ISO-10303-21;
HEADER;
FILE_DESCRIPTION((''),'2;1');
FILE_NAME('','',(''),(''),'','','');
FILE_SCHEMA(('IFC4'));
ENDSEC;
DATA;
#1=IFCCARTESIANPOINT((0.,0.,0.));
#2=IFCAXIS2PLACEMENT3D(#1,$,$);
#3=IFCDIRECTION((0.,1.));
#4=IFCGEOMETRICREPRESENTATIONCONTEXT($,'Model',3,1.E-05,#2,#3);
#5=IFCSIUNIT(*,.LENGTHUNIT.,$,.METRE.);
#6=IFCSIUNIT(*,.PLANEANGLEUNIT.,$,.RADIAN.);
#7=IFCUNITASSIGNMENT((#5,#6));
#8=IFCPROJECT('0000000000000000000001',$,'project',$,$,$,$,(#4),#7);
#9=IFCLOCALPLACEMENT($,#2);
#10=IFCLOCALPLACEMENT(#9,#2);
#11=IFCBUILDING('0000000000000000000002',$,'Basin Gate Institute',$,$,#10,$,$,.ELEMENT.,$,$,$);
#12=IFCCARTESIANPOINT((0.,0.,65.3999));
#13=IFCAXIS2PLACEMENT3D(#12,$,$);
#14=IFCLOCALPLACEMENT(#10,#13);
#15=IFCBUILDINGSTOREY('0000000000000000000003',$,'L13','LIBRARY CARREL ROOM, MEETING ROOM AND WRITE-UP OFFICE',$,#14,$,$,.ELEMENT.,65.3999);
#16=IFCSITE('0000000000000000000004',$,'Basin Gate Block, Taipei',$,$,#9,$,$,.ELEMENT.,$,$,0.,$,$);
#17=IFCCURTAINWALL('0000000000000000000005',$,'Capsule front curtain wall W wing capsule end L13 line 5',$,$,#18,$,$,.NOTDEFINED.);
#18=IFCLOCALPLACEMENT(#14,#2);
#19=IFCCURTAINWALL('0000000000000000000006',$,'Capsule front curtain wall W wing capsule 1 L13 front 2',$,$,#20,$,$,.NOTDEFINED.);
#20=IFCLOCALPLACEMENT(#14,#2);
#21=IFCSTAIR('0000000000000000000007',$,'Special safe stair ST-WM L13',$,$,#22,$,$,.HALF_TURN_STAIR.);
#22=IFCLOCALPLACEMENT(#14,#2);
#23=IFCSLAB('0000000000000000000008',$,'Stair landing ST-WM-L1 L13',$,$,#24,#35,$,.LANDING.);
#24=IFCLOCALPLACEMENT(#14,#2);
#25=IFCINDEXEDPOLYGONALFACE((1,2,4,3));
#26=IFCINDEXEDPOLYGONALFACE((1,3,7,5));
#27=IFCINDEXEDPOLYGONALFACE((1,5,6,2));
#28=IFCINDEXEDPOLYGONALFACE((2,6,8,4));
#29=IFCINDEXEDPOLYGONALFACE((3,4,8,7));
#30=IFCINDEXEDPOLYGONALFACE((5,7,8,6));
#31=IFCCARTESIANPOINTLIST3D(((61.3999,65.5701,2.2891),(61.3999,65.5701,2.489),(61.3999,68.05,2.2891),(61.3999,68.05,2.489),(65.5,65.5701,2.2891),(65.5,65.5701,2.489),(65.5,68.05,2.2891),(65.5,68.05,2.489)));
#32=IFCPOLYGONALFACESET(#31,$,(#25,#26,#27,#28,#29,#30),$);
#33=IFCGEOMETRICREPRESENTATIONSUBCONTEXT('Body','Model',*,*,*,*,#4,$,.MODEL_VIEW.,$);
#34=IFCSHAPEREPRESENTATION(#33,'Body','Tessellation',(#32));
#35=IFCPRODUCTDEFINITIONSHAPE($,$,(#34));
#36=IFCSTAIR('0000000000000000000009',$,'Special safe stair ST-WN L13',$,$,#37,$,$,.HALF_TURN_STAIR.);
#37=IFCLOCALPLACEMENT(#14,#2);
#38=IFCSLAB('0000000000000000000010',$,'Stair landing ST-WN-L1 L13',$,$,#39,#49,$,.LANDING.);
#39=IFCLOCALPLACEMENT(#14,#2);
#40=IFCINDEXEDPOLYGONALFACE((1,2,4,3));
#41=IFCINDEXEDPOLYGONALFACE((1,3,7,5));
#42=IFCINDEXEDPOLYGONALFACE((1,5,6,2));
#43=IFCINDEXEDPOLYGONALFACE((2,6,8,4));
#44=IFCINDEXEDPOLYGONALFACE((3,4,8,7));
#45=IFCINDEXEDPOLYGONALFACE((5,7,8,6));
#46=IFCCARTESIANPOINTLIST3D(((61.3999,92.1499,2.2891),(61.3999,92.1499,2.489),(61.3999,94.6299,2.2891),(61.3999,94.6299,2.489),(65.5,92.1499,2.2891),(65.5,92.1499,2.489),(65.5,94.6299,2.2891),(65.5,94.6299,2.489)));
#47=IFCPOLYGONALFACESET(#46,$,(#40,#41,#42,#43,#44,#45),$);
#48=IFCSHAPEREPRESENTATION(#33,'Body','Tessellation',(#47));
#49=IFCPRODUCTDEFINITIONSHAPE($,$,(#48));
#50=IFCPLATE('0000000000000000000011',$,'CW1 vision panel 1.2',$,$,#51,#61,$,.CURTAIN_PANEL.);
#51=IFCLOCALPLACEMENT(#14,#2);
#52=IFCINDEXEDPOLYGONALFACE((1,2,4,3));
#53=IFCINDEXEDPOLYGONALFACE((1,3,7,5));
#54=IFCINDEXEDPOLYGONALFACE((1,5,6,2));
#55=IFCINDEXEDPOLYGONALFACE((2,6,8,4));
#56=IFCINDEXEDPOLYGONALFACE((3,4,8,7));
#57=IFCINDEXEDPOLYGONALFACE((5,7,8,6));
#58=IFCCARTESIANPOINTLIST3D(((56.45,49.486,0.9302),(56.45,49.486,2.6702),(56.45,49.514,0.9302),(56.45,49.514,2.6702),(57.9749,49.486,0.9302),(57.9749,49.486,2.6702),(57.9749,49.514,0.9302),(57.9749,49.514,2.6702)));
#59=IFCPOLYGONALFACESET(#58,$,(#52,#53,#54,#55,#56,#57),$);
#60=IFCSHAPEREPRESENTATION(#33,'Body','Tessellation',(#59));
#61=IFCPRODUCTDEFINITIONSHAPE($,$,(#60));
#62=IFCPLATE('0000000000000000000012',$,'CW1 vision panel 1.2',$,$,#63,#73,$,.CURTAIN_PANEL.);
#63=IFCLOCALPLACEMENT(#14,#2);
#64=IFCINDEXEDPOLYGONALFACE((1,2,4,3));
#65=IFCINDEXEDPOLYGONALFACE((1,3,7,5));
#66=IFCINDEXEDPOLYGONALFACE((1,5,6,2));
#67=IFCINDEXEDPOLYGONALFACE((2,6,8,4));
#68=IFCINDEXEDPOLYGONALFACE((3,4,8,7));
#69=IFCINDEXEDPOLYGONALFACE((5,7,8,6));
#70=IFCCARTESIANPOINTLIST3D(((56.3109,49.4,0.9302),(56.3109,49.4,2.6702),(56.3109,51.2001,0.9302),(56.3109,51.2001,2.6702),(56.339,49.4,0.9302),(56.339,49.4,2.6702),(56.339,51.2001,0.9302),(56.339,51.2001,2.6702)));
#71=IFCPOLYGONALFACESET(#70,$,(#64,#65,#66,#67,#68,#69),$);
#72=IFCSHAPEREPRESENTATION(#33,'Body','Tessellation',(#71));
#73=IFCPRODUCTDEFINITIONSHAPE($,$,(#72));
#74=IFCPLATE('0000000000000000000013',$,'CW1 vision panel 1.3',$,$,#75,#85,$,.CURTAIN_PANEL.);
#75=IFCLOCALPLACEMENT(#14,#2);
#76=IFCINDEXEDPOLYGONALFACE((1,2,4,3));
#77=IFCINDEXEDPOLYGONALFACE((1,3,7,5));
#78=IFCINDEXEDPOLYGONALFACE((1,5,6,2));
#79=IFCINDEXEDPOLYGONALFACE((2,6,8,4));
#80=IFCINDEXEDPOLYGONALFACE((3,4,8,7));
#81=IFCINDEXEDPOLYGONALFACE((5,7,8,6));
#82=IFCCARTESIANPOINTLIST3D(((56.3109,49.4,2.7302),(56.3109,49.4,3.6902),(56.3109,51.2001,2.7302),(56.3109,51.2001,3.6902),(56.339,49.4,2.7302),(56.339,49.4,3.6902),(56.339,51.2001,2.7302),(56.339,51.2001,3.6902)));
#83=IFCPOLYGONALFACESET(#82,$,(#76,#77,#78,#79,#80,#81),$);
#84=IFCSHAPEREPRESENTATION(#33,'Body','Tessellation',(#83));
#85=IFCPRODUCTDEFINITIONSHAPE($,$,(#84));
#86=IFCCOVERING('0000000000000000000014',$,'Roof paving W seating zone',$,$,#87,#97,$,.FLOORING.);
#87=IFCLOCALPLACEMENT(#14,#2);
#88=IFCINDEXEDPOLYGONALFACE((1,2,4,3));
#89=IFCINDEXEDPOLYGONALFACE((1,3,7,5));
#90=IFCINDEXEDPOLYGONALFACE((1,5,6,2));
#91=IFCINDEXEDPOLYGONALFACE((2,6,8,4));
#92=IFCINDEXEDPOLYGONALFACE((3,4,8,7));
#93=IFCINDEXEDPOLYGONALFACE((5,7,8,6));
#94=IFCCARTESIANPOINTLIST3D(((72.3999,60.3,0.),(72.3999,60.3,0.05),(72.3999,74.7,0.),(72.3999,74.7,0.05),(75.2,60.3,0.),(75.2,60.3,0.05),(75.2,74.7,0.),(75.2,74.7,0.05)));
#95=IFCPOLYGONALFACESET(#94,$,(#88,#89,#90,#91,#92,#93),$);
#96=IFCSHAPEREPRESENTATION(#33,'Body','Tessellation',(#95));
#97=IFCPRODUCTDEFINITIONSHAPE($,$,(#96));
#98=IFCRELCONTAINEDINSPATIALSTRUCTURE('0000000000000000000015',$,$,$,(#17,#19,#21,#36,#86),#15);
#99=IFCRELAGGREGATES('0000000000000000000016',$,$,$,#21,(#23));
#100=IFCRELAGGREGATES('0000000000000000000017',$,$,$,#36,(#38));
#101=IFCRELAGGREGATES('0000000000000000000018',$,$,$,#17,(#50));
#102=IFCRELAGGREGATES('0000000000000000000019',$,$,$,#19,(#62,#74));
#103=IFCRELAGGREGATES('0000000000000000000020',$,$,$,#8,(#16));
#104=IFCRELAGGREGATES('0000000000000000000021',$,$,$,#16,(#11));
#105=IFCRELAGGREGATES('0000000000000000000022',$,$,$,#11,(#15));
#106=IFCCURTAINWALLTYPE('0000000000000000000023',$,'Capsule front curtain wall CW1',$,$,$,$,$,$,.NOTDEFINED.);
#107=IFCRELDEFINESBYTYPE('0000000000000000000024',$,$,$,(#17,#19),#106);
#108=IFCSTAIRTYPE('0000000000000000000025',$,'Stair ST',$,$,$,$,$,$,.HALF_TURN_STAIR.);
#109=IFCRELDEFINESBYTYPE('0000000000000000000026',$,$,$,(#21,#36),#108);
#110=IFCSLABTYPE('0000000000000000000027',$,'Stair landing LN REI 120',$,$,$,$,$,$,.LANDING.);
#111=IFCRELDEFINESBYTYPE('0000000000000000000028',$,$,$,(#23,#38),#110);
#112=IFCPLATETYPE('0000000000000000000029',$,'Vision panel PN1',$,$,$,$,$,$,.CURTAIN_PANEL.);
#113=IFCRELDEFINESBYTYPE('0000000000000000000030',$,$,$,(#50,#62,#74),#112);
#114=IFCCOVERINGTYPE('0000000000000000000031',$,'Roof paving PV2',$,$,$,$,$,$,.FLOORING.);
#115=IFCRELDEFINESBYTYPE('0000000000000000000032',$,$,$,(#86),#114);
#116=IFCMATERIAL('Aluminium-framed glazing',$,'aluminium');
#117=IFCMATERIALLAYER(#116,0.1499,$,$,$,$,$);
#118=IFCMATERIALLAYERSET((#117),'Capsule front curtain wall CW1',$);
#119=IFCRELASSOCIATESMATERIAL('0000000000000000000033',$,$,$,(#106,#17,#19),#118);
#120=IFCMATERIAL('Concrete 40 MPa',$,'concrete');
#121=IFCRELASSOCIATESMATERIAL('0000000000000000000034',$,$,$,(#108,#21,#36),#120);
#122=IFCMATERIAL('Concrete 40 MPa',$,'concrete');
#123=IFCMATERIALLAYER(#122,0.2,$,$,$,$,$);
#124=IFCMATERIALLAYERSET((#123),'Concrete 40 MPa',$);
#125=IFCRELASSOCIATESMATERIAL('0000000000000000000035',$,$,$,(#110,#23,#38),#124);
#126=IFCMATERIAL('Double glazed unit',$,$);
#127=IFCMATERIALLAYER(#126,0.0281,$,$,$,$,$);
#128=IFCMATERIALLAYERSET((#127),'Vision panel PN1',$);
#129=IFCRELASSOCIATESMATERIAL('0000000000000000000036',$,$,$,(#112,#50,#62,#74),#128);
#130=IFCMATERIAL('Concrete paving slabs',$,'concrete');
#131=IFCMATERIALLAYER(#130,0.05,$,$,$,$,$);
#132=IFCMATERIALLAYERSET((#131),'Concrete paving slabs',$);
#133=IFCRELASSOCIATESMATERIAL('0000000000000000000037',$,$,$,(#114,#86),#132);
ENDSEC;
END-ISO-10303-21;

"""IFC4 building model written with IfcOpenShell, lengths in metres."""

from ifc_helpers import new_model, si_unit, direction, frame, origin, origin_2d, place, context, subcontext, project, spatial, polyline, rectangle, outline, extrude, material, layer, layer_set, type_object, element, aggregate, save


model = new_model("IFC4")

# Units and contexts
model_context = context("Model", 3, precision=1e-05, world=origin(), true_north=direction((0.0, 1.0)))
body_context = subcontext(model_context, "Body", "Model", "MODEL_VIEW")
ifc_project = project(units=[si_unit("LENGTHUNIT", "METRE"), si_unit("PLANEANGLEUNIT", "RADIAN")], contexts=[model_context])

# Site, building, storey
site_placement = place(None, origin())
site = spatial("IfcSite", under=ifc_project, at=site_placement, Name="Basin Gate Block, Taipei", CompositionType="ELEMENT", RefElevation=0.0)
building_placement = place(site_placement, origin())
building = spatial("IfcBuilding", under=site, at=building_placement, Name="Basin Gate Institute", CompositionType="ELEMENT")
storey_placement = place(building_placement, frame((0.0, 0.0, 65.3999)))
storey = spatial("IfcBuildingStorey", under=building, at=storey_placement, Name="L13", Description="LIBRARY CARREL ROOM, MEETING ROOM AND WRITE-UP OFFICE", CompositionType="ELEMENT", Elevation=65.3999)

# Curtain wall
ifc_material_1 = material(Name="Aluminium-framed glazing", Category="aluminium")
ifc_layer_1 = layer(ifc_material_1, 0.1499)
ifc_layer_set_1 = layer_set([ifc_layer_1], Name="Capsule front curtain wall CW1")
curtain_wall_type = type_object("IfcCurtainWallType", Name="Capsule front curtain wall CW1", PredefinedType="NOTDEFINED", material=ifc_layer_set_1)
curtain_wall_1_placement = place(storey_placement, origin())
curtain_wall_1 = element("IfcCurtainWall", 1, at=curtain_wall_1_placement, inside=storey, type_object=curtain_wall_type, material=ifc_layer_set_1, Name="Capsule front curtain wall W wing capsule end L13 line 5", PredefinedType="NOTDEFINED")

# Curtain wall
curtain_wall_2_placement = place(storey_placement, origin())
curtain_wall_2 = element("IfcCurtainWall", 2, at=curtain_wall_2_placement, inside=storey, type_object=curtain_wall_type, material=ifc_layer_set_1, Name="Capsule front curtain wall W wing capsule 1 L13 front 2", PredefinedType="NOTDEFINED")

# Stairs, slabs
ifc_material_2 = material(Name="Concrete 40 MPa", Category="concrete")
stair_type = type_object("IfcStairType", Name="Stair ST", PredefinedType="HALF_TURN_STAIR", material=ifc_material_2)
ifc_material_3 = material(Name="Concrete 40 MPa", Category="concrete")
ifc_layer_2 = layer(ifc_material_3, 0.2)
ifc_layer_set_2 = layer_set([ifc_layer_2], Name="Concrete 40 MPa")
slab_type_1 = type_object("IfcSlabType", Name="Stair landing LN REI 120", PredefinedType="LANDING", material=ifc_layer_set_2)
stair_1_placement = place(storey_placement, origin())
stair_1 = element("IfcStair", 3, at=stair_1_placement, inside=storey, type_object=stair_type, material=ifc_material_2, Name="Special safe stair ST-WM L13", PredefinedType="HALF_TURN_STAIR")
slab_1_placement = place(storey_placement, frame((0.0, 0.0, 2.2891)))
slab_1 = element("IfcSlab", 4, at=slab_1_placement, type_object=slab_type_1, material=ifc_layer_set_2, Name="Stair landing ST-WM-L1 L13", PredefinedType="LANDING", context=body_context, shape_type="SweptSolid", body=[
    extrude(outline(polyline([(61.3999, 65.5701), (65.5, 65.5701), (65.5, 68.05), (61.3999, 68.05), (61.3999, 65.5701)])), origin(), (0.0, 0.0, 1.0), 0.2),
])
aggregate(stair_1, [slab_1])
stair_2_placement = place(storey_placement, origin())
stair_2 = element("IfcStair", 5, at=stair_2_placement, inside=storey, type_object=stair_type, material=ifc_material_2, Name="Special safe stair ST-WN L13", PredefinedType="HALF_TURN_STAIR")
slab_2_placement = place(storey_placement, frame((0.0, 0.0, 2.2891)))
slab_2 = element("IfcSlab", 6, at=slab_2_placement, type_object=slab_type_1, material=ifc_layer_set_2, Name="Stair landing ST-WN-L1 L13", PredefinedType="LANDING", context=body_context, shape_type="SweptSolid", body=[
    extrude(outline(polyline([(61.3999, 92.1499), (65.5, 92.1499), (65.5, 94.6299), (61.3999, 94.6299), (61.3999, 92.1499)])), origin(), (0.0, 0.0, 1.0), 0.2),
])
aggregate(stair_2, [slab_2])

# Plates
ifc_material_4 = material(Name="Double glazed unit")
ifc_layer_3 = layer(ifc_material_4, 0.0281)
ifc_layer_set_3 = layer_set([ifc_layer_3], Name="Vision panel PN1")
plate_type_1 = type_object("IfcPlateType", Name="Vision panel PN1", PredefinedType="CURTAIN_PANEL", material=ifc_layer_set_3)
plate_1_placement = place(storey_placement, frame((57.2124, 49.5, 0.9302), z_axis=(0.0, 0.0, 1.0), x_axis=(1.0, 0.0, 0.0)))
plate_1 = element("IfcPlate", 7, at=plate_1_placement, type_object=plate_type_1, material=ifc_layer_set_3, Name="CW1 vision panel 1.2", PredefinedType="CURTAIN_PANEL", context=body_context, shape_type="SweptSolid", body=[
    extrude(rectangle(XDim=1.5249, YDim=0.0281, at=origin_2d()), origin(), (0.0, 0.0, 1.0), 1.74),
])
aggregate(curtain_wall_1, [plate_1])
plate_2_placement = place(storey_placement, frame((56.325, 50.3, 0.9302), z_axis=(0.0, 0.0, 1.0), x_axis=(0.0, 1.0, 0.0)))
plate_2 = element("IfcPlate", 8, at=plate_2_placement, type_object=plate_type_1, material=ifc_layer_set_3, Name="CW1 vision panel 1.2", PredefinedType="CURTAIN_PANEL", context=body_context, shape_type="SweptSolid", body=[
    extrude(rectangle(XDim=1.8, YDim=0.0281, at=origin_2d()), origin(), (0.0, 0.0, 1.0), 1.74),
])
plate_3_placement = place(storey_placement, frame((56.325, 50.3, 2.7302), z_axis=(0.0, 0.0, 1.0), x_axis=(0.0, 1.0, 0.0)))
plate_3 = element("IfcPlate", 9, at=plate_3_placement, type_object=plate_type_1, material=ifc_layer_set_3, Name="CW1 vision panel 1.3", PredefinedType="CURTAIN_PANEL", context=body_context, shape_type="SweptSolid", body=[
    extrude(rectangle(XDim=1.8, YDim=0.0281, at=origin_2d()), origin(), (0.0, 0.0, 1.0), 0.96),
])
aggregate(curtain_wall_2, [plate_2, plate_3])

# Covering
ifc_material_5 = material(Name="Concrete paving slabs", Category="concrete")
ifc_layer_4 = layer(ifc_material_5, 0.05)
ifc_layer_set_4 = layer_set([ifc_layer_4], Name="Concrete paving slabs")
covering_type = type_object("IfcCoveringType", Name="Roof paving PV2", PredefinedType="FLOORING", material=ifc_layer_set_4)
covering_placement = place(storey_placement, origin())
element("IfcCovering", 10, at=covering_placement, inside=storey, type_object=covering_type, material=ifc_layer_set_4, Name="Roof paving W seating zone", PredefinedType="FLOORING", context=body_context, shape_type="SweptSolid", body=[
    extrude(outline(polyline([(72.3999, 60.3), (75.2, 60.3), (75.2, 74.7), (72.3999, 74.7), (72.3999, 60.3)])), origin(), (0.0, 0.0, 1.0), 0.05),
])

save(model, "model.ifc")
